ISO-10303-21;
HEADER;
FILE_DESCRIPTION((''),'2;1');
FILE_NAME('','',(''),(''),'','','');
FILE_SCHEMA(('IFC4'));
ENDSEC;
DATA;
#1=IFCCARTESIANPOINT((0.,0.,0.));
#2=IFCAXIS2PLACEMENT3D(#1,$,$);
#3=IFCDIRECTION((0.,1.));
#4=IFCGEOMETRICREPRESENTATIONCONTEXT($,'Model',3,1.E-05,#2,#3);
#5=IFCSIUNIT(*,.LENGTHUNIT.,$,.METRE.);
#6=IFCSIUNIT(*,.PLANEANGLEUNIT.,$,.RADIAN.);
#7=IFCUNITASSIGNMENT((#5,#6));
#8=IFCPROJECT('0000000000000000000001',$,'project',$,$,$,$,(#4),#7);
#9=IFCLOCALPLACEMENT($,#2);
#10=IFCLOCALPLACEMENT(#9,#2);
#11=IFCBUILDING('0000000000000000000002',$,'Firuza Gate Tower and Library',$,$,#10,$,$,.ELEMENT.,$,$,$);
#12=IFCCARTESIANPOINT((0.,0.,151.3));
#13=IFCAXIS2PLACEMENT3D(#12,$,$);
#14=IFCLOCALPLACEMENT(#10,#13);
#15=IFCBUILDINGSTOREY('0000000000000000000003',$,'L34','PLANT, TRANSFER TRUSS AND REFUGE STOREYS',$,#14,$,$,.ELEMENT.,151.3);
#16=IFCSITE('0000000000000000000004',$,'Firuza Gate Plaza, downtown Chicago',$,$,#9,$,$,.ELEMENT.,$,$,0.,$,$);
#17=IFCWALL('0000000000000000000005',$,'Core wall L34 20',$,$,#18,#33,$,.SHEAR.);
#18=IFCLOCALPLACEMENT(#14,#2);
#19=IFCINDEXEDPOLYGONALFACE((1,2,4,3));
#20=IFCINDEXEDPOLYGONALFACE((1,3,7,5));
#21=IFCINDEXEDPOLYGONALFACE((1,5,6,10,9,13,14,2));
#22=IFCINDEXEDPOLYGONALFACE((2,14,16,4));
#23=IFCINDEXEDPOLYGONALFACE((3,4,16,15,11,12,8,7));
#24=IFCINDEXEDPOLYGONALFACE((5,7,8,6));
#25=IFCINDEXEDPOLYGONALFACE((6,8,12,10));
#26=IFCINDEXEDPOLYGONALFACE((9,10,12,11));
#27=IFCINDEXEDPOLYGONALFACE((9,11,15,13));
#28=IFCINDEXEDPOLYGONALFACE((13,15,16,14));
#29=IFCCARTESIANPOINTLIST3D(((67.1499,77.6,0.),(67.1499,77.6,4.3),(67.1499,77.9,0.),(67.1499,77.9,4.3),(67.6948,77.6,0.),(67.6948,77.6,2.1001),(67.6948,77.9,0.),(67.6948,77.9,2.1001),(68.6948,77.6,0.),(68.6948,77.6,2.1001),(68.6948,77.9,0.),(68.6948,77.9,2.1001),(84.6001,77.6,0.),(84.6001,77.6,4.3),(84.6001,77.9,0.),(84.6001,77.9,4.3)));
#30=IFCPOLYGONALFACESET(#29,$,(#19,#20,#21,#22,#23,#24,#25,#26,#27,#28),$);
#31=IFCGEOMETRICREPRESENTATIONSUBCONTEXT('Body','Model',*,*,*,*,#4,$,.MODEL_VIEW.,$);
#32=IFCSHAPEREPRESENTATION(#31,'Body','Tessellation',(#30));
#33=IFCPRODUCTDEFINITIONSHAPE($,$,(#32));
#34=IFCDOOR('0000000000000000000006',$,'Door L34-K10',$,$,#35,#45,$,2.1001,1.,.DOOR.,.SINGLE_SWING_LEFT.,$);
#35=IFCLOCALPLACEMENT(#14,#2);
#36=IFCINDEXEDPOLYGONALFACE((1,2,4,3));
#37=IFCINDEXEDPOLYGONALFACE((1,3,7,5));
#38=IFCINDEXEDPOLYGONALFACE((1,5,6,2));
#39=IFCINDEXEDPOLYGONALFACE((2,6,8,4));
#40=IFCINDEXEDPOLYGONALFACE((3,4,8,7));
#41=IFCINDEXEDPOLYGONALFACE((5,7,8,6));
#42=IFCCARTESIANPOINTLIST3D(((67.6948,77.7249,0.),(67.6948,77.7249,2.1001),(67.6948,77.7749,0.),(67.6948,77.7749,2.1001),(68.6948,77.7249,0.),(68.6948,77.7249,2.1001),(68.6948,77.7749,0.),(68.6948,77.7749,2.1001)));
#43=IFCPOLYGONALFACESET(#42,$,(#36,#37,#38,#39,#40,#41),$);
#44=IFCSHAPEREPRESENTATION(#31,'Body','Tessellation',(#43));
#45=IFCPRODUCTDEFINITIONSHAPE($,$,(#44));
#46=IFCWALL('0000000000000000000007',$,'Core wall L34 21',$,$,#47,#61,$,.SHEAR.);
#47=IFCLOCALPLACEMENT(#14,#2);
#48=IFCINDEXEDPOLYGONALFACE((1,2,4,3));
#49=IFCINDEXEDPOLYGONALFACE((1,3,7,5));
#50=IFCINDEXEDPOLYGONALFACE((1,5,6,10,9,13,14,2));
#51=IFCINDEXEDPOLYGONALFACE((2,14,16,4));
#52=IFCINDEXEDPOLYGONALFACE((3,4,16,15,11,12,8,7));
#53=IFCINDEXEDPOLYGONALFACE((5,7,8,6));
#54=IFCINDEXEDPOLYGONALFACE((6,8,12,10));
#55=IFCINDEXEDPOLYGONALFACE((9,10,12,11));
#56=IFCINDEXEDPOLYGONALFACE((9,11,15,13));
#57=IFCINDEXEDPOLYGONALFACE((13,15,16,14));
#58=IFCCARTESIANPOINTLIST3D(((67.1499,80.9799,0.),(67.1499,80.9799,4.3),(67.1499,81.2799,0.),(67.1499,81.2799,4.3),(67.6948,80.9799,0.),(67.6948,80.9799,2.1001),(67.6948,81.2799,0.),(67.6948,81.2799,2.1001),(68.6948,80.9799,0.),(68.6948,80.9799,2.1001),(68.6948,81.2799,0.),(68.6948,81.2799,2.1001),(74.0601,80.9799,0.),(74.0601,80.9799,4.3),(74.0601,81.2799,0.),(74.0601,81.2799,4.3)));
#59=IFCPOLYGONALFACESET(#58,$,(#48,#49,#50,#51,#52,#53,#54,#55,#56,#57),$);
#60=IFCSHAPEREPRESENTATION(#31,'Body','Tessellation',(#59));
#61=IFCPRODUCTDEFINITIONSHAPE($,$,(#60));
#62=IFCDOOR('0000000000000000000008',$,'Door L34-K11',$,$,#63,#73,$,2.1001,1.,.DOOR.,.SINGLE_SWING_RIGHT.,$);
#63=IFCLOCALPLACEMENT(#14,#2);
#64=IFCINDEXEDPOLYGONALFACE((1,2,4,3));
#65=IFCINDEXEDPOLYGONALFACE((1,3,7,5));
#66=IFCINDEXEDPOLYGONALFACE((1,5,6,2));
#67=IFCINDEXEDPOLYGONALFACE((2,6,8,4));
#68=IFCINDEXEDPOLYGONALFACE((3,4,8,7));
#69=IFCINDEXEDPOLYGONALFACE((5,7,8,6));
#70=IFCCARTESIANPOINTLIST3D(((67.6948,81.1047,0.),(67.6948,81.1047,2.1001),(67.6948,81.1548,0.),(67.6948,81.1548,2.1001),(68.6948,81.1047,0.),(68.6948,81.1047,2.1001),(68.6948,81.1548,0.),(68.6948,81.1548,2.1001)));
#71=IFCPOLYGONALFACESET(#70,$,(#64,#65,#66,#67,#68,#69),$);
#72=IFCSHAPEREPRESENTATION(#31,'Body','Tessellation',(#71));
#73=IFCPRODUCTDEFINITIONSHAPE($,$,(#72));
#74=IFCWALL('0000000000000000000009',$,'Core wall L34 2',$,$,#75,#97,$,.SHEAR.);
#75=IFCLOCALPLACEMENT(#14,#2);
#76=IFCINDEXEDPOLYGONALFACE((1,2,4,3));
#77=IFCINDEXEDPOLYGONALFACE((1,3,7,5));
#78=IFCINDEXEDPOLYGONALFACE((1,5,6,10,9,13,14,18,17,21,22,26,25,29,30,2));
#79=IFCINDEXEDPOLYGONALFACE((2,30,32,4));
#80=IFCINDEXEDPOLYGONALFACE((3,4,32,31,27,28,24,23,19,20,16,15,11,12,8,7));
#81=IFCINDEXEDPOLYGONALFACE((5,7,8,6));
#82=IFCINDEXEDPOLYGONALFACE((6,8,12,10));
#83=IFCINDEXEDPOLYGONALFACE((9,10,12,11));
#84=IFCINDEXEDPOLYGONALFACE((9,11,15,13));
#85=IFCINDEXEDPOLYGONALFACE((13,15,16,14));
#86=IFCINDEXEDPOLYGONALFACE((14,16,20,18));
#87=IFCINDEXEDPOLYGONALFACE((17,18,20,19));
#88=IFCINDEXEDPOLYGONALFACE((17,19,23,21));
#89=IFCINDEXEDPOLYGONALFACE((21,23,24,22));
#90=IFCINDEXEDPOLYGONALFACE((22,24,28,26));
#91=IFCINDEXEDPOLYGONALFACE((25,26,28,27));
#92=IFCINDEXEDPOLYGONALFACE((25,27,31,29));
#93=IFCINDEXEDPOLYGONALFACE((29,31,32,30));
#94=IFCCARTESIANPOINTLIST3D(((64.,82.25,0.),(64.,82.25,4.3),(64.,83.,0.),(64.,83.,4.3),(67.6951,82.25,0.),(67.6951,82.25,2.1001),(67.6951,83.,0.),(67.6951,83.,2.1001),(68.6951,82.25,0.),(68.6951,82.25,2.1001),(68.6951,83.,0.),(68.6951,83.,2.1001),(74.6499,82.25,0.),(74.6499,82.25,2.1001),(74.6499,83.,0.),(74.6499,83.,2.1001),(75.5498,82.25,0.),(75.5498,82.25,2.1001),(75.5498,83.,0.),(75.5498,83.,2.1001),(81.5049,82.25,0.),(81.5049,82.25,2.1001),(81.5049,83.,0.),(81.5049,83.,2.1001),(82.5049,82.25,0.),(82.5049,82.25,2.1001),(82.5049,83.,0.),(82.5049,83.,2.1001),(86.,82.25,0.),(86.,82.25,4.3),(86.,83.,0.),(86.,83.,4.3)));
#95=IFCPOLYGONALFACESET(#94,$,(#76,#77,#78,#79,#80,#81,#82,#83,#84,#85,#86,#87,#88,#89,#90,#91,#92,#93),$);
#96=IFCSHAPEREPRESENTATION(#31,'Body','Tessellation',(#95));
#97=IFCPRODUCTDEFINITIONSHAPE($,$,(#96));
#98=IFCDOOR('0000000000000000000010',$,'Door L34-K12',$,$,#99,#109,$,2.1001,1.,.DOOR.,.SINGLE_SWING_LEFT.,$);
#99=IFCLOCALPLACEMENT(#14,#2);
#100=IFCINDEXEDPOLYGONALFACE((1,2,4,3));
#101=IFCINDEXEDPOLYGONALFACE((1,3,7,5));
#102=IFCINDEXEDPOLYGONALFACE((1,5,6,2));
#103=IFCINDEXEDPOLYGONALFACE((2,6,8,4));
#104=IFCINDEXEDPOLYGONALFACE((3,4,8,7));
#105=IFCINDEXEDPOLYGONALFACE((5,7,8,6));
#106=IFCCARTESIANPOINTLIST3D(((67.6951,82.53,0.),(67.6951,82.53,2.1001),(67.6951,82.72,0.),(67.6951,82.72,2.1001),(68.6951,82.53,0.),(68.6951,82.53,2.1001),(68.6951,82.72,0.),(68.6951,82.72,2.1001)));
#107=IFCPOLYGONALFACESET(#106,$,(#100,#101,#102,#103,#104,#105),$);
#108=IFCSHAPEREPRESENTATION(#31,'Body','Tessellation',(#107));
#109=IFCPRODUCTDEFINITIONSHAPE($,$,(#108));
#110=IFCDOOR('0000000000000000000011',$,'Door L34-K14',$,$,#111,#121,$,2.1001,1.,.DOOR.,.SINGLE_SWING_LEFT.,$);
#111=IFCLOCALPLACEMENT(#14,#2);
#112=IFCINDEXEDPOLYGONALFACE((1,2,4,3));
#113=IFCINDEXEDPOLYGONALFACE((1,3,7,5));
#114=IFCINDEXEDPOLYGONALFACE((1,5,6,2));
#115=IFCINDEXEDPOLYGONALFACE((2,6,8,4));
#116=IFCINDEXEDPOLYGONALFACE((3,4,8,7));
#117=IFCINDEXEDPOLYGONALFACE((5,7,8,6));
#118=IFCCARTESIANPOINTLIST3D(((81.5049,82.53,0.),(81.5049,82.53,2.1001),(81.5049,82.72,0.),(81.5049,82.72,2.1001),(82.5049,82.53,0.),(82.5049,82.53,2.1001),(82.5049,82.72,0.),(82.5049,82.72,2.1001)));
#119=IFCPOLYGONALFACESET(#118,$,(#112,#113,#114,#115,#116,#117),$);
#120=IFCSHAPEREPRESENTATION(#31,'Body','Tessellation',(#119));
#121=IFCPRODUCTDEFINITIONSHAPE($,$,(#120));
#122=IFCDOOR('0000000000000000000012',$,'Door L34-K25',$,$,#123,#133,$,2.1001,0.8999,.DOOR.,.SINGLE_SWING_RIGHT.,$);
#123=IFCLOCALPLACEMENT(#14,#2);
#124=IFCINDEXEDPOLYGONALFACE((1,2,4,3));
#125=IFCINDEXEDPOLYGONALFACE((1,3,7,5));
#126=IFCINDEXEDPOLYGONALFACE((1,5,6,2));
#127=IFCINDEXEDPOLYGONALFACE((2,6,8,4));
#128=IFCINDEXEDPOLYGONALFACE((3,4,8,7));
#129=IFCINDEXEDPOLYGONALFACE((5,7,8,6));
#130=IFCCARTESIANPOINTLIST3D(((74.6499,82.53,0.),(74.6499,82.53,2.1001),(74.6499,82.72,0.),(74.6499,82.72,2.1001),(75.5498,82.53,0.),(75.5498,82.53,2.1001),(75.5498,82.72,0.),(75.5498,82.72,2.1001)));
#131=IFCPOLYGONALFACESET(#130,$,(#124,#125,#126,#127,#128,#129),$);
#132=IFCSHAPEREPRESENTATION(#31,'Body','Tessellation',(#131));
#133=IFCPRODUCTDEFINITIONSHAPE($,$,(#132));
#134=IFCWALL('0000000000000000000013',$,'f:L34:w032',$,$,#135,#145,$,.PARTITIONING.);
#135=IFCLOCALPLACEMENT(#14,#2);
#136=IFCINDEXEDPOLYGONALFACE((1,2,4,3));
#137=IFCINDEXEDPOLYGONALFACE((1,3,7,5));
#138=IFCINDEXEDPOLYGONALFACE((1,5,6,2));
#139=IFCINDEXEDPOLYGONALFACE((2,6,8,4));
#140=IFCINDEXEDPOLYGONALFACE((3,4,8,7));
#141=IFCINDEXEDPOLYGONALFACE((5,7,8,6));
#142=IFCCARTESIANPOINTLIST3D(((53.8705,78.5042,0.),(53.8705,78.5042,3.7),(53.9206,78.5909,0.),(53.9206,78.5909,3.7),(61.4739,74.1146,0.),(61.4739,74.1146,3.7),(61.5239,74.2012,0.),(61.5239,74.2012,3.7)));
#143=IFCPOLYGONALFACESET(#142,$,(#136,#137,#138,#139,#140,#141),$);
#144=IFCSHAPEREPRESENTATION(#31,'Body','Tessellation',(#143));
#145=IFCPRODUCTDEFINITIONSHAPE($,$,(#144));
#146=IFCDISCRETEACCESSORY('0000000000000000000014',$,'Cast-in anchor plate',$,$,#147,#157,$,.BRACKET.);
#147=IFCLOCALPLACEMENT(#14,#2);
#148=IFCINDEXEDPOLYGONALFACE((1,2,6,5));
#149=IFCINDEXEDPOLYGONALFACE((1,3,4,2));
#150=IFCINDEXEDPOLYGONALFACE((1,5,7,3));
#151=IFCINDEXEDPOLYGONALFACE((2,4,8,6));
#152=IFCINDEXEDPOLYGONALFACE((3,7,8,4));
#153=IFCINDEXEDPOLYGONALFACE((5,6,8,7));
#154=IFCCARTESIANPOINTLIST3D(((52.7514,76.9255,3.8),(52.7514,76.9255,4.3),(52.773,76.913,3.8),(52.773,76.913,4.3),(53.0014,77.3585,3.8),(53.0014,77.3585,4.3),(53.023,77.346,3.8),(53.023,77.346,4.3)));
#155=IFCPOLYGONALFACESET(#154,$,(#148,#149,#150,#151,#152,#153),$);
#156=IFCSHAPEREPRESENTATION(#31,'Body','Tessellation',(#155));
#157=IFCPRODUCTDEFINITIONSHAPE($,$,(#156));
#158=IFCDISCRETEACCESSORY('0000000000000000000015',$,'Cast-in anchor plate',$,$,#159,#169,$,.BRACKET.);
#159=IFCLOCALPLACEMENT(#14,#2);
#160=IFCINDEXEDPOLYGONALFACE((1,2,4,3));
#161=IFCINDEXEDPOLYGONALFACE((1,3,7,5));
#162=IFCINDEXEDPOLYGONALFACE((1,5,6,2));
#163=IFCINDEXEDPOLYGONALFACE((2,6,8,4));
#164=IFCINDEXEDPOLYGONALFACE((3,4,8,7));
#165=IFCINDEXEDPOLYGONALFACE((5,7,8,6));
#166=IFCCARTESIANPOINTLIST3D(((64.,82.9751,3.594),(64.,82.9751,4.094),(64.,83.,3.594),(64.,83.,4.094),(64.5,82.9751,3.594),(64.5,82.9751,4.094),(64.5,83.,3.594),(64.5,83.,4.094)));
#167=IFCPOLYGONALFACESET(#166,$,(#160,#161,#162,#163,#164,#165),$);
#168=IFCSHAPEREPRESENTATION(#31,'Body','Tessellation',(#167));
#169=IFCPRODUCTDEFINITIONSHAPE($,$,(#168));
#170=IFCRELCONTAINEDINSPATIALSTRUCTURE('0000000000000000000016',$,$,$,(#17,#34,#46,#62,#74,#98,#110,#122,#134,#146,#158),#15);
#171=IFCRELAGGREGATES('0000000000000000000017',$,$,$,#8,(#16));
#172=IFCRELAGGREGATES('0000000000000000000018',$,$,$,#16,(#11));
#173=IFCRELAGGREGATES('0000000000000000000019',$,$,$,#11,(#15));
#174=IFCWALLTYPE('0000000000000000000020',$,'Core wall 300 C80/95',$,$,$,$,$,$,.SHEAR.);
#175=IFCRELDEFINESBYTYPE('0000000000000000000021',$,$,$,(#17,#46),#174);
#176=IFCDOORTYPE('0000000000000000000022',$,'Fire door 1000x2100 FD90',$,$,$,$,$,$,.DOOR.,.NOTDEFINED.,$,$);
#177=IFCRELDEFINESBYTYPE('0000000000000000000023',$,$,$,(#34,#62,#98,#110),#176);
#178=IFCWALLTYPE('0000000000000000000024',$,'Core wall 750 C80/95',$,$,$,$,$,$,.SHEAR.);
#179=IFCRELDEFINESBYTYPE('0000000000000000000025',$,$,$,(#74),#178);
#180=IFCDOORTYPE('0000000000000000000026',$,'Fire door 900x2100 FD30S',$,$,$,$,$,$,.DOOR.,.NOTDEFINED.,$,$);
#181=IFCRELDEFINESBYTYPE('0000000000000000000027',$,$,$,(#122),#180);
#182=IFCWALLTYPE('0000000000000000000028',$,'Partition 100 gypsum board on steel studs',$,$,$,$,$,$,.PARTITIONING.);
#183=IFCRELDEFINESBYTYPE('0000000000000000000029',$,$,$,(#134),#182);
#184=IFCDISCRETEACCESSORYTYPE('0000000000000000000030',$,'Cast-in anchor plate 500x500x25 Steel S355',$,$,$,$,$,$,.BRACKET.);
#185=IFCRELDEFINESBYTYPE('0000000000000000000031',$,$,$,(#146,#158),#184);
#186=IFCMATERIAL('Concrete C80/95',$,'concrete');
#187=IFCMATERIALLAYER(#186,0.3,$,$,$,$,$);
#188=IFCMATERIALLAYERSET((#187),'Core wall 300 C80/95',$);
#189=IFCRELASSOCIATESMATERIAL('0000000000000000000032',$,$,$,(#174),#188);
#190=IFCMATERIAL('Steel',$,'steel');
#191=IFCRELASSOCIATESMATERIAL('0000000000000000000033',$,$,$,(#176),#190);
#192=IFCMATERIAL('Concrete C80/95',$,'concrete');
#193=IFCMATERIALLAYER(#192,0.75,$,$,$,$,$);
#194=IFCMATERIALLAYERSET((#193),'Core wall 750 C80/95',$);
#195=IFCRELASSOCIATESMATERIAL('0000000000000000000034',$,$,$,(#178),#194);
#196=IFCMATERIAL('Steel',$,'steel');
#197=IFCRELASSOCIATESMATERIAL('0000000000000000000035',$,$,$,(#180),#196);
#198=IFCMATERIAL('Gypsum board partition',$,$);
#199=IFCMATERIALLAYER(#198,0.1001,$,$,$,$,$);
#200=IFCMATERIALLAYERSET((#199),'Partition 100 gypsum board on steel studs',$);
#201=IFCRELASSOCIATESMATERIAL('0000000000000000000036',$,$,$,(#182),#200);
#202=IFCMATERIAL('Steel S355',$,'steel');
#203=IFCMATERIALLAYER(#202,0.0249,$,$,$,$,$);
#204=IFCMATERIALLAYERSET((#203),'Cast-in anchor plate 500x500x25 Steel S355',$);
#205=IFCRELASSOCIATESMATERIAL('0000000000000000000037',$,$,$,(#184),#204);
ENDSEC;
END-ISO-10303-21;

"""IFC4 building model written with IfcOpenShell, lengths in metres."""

from ifc_helpers import new_model, si_unit, direction, frame, frame_2d, origin, origin_2d, place, context, subcontext, project, spatial, rectangle, extrude, material, layer, layer_set, type_object, element, fill, save


model = new_model("IFC4")

# Units and contexts
model_context = context("Model", 3, precision=1e-05, world=origin(), true_north=direction((0.0, 1.0)))
body_context = subcontext(model_context, "Body", "Model", "MODEL_VIEW")
ifc_project = project(units=[si_unit("LENGTHUNIT", "METRE"), si_unit("PLANEANGLEUNIT", "RADIAN")], contexts=[model_context])

# Site, building, storey
site_placement = place(None, origin())
site = spatial("IfcSite", under=ifc_project, at=site_placement, Name="Firuza Gate Plaza, downtown Chicago", CompositionType="ELEMENT", RefElevation=0.0)
building_placement = place(site_placement, origin())
building = spatial("IfcBuilding", under=site, at=building_placement, Name="Firuza Gate Tower and Library", CompositionType="ELEMENT")
storey_placement = place(building_placement, frame((0.0, 0.0, 151.3)))
storey = spatial("IfcBuildingStorey", under=building, at=storey_placement, Name="L34", Description="PLANT, TRANSFER TRUSS AND REFUGE STOREYS", CompositionType="ELEMENT", Elevation=151.3)

# Walls, openings, doors
ifc_material_1 = material(Name="Concrete C80/95", Category="concrete")
ifc_layer_1 = layer(ifc_material_1, 0.3)
ifc_layer_set_1 = layer_set([ifc_layer_1], Name="Core wall 300 C80/95")
wall_type_1 = type_object("IfcWallType", Name="Core wall 300 C80/95", PredefinedType="SHEAR", material=ifc_layer_set_1)
wall_1_placement = place(storey_placement, frame((67.1499, 77.75, 0.0), z_axis=(0.0, 0.0, 1.0), x_axis=(1.0, 0.0, 0.0)))
wall_1 = element("IfcWall", 1, at=wall_1_placement, inside=storey, type_object=wall_type_1, Name="Core wall L34 20", PredefinedType="SHEAR", context=body_context, shape_type="SweptSolid", body=[
    extrude(rectangle(XDim=17.4502, YDim=0.3, at=frame_2d((8.7251, 0.0))), origin(), (0.0, 0.0, 1.0), 4.3),
])
opening_1_placement = place(wall_1_placement, frame((0.5449, 0.0, 0.0)))
opening_1 = element("IfcOpeningElement", 2, at=opening_1_placement, cuts=wall_1, PredefinedType="OPENING", context=body_context, shape_type="SweptSolid", body=[
    extrude(rectangle(XDim=1.0, YDim=2.1001, at=frame_2d((0.5, 1.05))), frame((0.0, 0.1602, 0.0), z_axis=(0.0, -1.0, 0.0), x_axis=(1.0, 0.0, 0.0)), (0.0, 0.0, 1.0), 0.3201),
])
ifc_material_2 = material(Name="Steel", Category="steel")
door_type_1 = type_object("IfcDoorType", Name="Fire door 1000x2100 FD90", OperationType="NOTDEFINED", PredefinedType="DOOR", material=ifc_material_2)
door_1_placement = place(opening_1_placement, origin())
door_1 = element("IfcDoor", 3, at=door_1_placement, inside=storey, type_object=door_type_1, Name="Door L34-K10", OperationType="SINGLE_SWING_LEFT", OverallHeight=2.1001, OverallWidth=1.0, PredefinedType="DOOR", context=body_context, shape_type="SweptSolid", body=[
    extrude(rectangle(XDim=1.0, YDim=2.1001, at=frame_2d((0.5, 1.05))), frame((0.0, 0.0249, 0.0), z_axis=(0.0, -1.0, 0.0), x_axis=(1.0, 0.0, 0.0)), (0.0, 0.0, 1.0), 0.05),
])
fill(opening_1, door_1)
wall_2_placement = place(storey_placement, frame((67.1499, 81.1299, 0.0), z_axis=(0.0, 0.0, 1.0), x_axis=(1.0, 0.0, 0.0)))
wall_2 = element("IfcWall", 4, at=wall_2_placement, inside=storey, type_object=wall_type_1, Name="Core wall L34 21", PredefinedType="SHEAR", context=body_context, shape_type="SweptSolid", body=[
    extrude(rectangle(XDim=6.9102, YDim=0.3, at=frame_2d((3.4551, 0.0))), origin(), (0.0, 0.0, 1.0), 4.3),
])
opening_2_placement = place(wall_2_placement, frame((0.5449, 0.0, 0.0)))
opening_2 = element("IfcOpeningElement", 5, at=opening_2_placement, cuts=wall_2, PredefinedType="OPENING", context=body_context, shape_type="SweptSolid", body=[
    extrude(rectangle(XDim=1.0, YDim=2.1001, at=frame_2d((0.5, 1.05))), frame((0.0, 0.1602, 0.0), z_axis=(0.0, -1.0, 0.0), x_axis=(1.0, 0.0, 0.0)), (0.0, 0.0, 1.0), 0.3201),
])
door_2_placement = place(opening_2_placement, origin())
door_2 = element("IfcDoor", 6, at=door_2_placement, inside=storey, type_object=door_type_1, Name="Door L34-K11", OperationType="SINGLE_SWING_RIGHT", OverallHeight=2.1001, OverallWidth=1.0, PredefinedType="DOOR", context=body_context, shape_type="SweptSolid", body=[
    extrude(rectangle(XDim=1.0, YDim=2.1001, at=frame_2d((0.5, 1.05))), frame((0.0, 0.0249, 0.0), z_axis=(0.0, -1.0, 0.0), x_axis=(1.0, 0.0, 0.0)), (0.0, 0.0, 1.0), 0.05),
])
fill(opening_2, door_2)

# Wall, openings, doors
ifc_material_3 = material(Name="Concrete C80/95", Category="concrete")
ifc_layer_2 = layer(ifc_material_3, 0.75)
ifc_layer_set_2 = layer_set([ifc_layer_2], Name="Core wall 750 C80/95")
wall_type_2 = type_object("IfcWallType", Name="Core wall 750 C80/95", PredefinedType="SHEAR", material=ifc_layer_set_2)
wall_3_placement = place(storey_placement, frame((64.0, 82.625, 0.0), z_axis=(0.0, 0.0, 1.0), x_axis=(1.0, 0.0, 0.0)))
wall_3 = element("IfcWall", 7, at=wall_3_placement, inside=storey, type_object=wall_type_2, Name="Core wall L34 2", PredefinedType="SHEAR", context=body_context, shape_type="SweptSolid", body=[
    extrude(rectangle(XDim=22.0, YDim=0.75, at=frame_2d((11.0, 0.0))), origin(), (0.0, 0.0, 1.0), 4.3),
])
opening_3_placement = place(wall_3_placement, frame((3.6951, 0.0, 0.0)))
opening_3 = element("IfcOpeningElement", 8, at=opening_3_placement, cuts=wall_3, PredefinedType="OPENING", context=body_context, shape_type="SweptSolid", body=[
    extrude(rectangle(XDim=1.0, YDim=2.1001, at=frame_2d((0.5, 1.05))), frame((0.0, 0.385, 0.0), z_axis=(0.0, -1.0, 0.0), x_axis=(1.0, 0.0, 0.0)), (0.0, 0.0, 1.0), 0.77),
])
opening_4_placement = place(wall_3_placement, frame((17.5049, 0.0, 0.0)))
opening_4 = element("IfcOpeningElement", 9, at=opening_4_placement, cuts=wall_3, PredefinedType="OPENING", context=body_context, shape_type="SweptSolid", body=[
    extrude(rectangle(XDim=1.0, YDim=2.1001, at=frame_2d((0.5, 1.05))), frame((0.0, 0.385, 0.0), z_axis=(0.0, -1.0, 0.0), x_axis=(1.0, 0.0, 0.0)), (0.0, 0.0, 1.0), 0.77),
])
opening_5_placement = place(wall_3_placement, frame((10.6499, 0.0, 0.0)))
opening_5 = element("IfcOpeningElement", 10, at=opening_5_placement, cuts=wall_3, PredefinedType="OPENING", context=body_context, shape_type="SweptSolid", body=[
    extrude(rectangle(XDim=0.8999, YDim=2.1001, at=frame_2d((0.45, 1.05))), frame((0.0, 0.385, 0.0), z_axis=(0.0, -1.0, 0.0), x_axis=(1.0, 0.0, 0.0)), (0.0, 0.0, 1.0), 0.77),
])
door_3_placement = place(opening_3_placement, origin())
door_3 = element("IfcDoor", 11, at=door_3_placement, inside=storey, type_object=door_type_1, Name="Door L34-K12", OperationType="SINGLE_SWING_LEFT", OverallHeight=2.1001, OverallWidth=1.0, PredefinedType="DOOR", context=body_context, shape_type="SweptSolid", body=[
    extrude(rectangle(XDim=1.0, YDim=2.1001, at=frame_2d((0.5, 1.05))), frame((0.0, 0.095, 0.0), z_axis=(0.0, -1.0, 0.0), x_axis=(1.0, 0.0, 0.0)), (0.0, 0.0, 1.0), 0.1899),
])
fill(opening_3, door_3)
door_4_placement = place(opening_4_placement, origin())
door_4 = element("IfcDoor", 12, at=door_4_placement, inside=storey, type_object=door_type_1, Name="Door L34-K14", OperationType="SINGLE_SWING_LEFT", OverallHeight=2.1001, OverallWidth=1.0, PredefinedType="DOOR", context=body_context, shape_type="SweptSolid", body=[
    extrude(rectangle(XDim=1.0, YDim=2.1001, at=frame_2d((0.5, 1.05))), frame((0.0, 0.095, 0.0), z_axis=(0.0, -1.0, 0.0), x_axis=(1.0, 0.0, 0.0)), (0.0, 0.0, 1.0), 0.1899),
])
fill(opening_4, door_4)
ifc_material_4 = material(Name="Steel", Category="steel")
door_type_2 = type_object("IfcDoorType", Name="Fire door 900x2100 FD30S", OperationType="NOTDEFINED", PredefinedType="DOOR", material=ifc_material_4)
door_5_placement = place(opening_5_placement, origin())
door_5 = element("IfcDoor", 13, at=door_5_placement, inside=storey, type_object=door_type_2, Name="Door L34-K25", OperationType="SINGLE_SWING_RIGHT", OverallHeight=2.1001, OverallWidth=0.8999, PredefinedType="DOOR", context=body_context, shape_type="SweptSolid", body=[
    extrude(rectangle(XDim=0.8999, YDim=2.1001, at=frame_2d((0.45, 1.05))), frame((0.0, 0.095, 0.0), z_axis=(0.0, -1.0, 0.0), x_axis=(1.0, 0.0, 0.0)), (0.0, 0.0, 1.0), 0.1899),
])
fill(opening_5, door_5)

# Wall
ifc_material_5 = material(Name="Gypsum board partition")
ifc_layer_3 = layer(ifc_material_5, 0.1001)
ifc_layer_set_3 = layer_set([ifc_layer_3], Name="Partition 100 gypsum board on steel studs")
wall_type_3 = type_object("IfcWallType", Name="Partition 100 gypsum board on steel studs", PredefinedType="PARTITIONING", material=ifc_layer_set_3)
wall_4_placement = place(storey_placement, frame((61.4988, 74.158, 0.0), z_axis=(0.0, 0.0, 1.0), x_axis=(-0.86603, 0.499991, 0.0)))
element("IfcWall", 14, at=wall_4_placement, inside=storey, type_object=wall_type_3, Name="f:L34:w032", PredefinedType="PARTITIONING", context=body_context, shape_type="SweptSolid", body=[
    extrude(rectangle(XDim=8.7795, YDim=0.1001, at=frame_2d((4.3896, 0.0))), origin(), (0.0, 0.0, 1.0), 3.7),
])

# Discrete accessories
ifc_material_6 = material(Name="Steel S355", Category="steel")
ifc_layer_4 = layer(ifc_material_6, 0.0249)
ifc_layer_set_4 = layer_set([ifc_layer_4], Name="Cast-in anchor plate 500x500x25 Steel S355")
discrete_accessory_type = type_object("IfcDiscreteAccessoryType", Name="Cast-in anchor plate 500x500x25 Steel S355", PredefinedType="BRACKET", material=ifc_layer_set_4)
for number, where, z_axis, x_axis, name in (
    (15, (52.8872, 77.1357, 3.8), (0.0, 0.0, 1.0), (-0.5, -0.866025, 0.0), "Cast-in anchor plate"),
    (16, (64.25, 82.9875, 3.594), (0.0, 0.0, 1.0), (1.0, 0.0, 0.0), "Cast-in anchor plate"),
):
    element("IfcDiscreteAccessory", number, at=place(storey_placement, frame(where, z_axis=z_axis, x_axis=x_axis)), inside=storey, type_object=discrete_accessory_type, Name=name, PredefinedType="BRACKET", context=body_context, shape_type="SweptSolid", body=[
        extrude(rectangle(XDim=0.5, YDim=0.0249, at=origin_2d()), origin(), (0.0, 0.0, 1.0), 0.5),
    ])

save(model, "model.ifc")
